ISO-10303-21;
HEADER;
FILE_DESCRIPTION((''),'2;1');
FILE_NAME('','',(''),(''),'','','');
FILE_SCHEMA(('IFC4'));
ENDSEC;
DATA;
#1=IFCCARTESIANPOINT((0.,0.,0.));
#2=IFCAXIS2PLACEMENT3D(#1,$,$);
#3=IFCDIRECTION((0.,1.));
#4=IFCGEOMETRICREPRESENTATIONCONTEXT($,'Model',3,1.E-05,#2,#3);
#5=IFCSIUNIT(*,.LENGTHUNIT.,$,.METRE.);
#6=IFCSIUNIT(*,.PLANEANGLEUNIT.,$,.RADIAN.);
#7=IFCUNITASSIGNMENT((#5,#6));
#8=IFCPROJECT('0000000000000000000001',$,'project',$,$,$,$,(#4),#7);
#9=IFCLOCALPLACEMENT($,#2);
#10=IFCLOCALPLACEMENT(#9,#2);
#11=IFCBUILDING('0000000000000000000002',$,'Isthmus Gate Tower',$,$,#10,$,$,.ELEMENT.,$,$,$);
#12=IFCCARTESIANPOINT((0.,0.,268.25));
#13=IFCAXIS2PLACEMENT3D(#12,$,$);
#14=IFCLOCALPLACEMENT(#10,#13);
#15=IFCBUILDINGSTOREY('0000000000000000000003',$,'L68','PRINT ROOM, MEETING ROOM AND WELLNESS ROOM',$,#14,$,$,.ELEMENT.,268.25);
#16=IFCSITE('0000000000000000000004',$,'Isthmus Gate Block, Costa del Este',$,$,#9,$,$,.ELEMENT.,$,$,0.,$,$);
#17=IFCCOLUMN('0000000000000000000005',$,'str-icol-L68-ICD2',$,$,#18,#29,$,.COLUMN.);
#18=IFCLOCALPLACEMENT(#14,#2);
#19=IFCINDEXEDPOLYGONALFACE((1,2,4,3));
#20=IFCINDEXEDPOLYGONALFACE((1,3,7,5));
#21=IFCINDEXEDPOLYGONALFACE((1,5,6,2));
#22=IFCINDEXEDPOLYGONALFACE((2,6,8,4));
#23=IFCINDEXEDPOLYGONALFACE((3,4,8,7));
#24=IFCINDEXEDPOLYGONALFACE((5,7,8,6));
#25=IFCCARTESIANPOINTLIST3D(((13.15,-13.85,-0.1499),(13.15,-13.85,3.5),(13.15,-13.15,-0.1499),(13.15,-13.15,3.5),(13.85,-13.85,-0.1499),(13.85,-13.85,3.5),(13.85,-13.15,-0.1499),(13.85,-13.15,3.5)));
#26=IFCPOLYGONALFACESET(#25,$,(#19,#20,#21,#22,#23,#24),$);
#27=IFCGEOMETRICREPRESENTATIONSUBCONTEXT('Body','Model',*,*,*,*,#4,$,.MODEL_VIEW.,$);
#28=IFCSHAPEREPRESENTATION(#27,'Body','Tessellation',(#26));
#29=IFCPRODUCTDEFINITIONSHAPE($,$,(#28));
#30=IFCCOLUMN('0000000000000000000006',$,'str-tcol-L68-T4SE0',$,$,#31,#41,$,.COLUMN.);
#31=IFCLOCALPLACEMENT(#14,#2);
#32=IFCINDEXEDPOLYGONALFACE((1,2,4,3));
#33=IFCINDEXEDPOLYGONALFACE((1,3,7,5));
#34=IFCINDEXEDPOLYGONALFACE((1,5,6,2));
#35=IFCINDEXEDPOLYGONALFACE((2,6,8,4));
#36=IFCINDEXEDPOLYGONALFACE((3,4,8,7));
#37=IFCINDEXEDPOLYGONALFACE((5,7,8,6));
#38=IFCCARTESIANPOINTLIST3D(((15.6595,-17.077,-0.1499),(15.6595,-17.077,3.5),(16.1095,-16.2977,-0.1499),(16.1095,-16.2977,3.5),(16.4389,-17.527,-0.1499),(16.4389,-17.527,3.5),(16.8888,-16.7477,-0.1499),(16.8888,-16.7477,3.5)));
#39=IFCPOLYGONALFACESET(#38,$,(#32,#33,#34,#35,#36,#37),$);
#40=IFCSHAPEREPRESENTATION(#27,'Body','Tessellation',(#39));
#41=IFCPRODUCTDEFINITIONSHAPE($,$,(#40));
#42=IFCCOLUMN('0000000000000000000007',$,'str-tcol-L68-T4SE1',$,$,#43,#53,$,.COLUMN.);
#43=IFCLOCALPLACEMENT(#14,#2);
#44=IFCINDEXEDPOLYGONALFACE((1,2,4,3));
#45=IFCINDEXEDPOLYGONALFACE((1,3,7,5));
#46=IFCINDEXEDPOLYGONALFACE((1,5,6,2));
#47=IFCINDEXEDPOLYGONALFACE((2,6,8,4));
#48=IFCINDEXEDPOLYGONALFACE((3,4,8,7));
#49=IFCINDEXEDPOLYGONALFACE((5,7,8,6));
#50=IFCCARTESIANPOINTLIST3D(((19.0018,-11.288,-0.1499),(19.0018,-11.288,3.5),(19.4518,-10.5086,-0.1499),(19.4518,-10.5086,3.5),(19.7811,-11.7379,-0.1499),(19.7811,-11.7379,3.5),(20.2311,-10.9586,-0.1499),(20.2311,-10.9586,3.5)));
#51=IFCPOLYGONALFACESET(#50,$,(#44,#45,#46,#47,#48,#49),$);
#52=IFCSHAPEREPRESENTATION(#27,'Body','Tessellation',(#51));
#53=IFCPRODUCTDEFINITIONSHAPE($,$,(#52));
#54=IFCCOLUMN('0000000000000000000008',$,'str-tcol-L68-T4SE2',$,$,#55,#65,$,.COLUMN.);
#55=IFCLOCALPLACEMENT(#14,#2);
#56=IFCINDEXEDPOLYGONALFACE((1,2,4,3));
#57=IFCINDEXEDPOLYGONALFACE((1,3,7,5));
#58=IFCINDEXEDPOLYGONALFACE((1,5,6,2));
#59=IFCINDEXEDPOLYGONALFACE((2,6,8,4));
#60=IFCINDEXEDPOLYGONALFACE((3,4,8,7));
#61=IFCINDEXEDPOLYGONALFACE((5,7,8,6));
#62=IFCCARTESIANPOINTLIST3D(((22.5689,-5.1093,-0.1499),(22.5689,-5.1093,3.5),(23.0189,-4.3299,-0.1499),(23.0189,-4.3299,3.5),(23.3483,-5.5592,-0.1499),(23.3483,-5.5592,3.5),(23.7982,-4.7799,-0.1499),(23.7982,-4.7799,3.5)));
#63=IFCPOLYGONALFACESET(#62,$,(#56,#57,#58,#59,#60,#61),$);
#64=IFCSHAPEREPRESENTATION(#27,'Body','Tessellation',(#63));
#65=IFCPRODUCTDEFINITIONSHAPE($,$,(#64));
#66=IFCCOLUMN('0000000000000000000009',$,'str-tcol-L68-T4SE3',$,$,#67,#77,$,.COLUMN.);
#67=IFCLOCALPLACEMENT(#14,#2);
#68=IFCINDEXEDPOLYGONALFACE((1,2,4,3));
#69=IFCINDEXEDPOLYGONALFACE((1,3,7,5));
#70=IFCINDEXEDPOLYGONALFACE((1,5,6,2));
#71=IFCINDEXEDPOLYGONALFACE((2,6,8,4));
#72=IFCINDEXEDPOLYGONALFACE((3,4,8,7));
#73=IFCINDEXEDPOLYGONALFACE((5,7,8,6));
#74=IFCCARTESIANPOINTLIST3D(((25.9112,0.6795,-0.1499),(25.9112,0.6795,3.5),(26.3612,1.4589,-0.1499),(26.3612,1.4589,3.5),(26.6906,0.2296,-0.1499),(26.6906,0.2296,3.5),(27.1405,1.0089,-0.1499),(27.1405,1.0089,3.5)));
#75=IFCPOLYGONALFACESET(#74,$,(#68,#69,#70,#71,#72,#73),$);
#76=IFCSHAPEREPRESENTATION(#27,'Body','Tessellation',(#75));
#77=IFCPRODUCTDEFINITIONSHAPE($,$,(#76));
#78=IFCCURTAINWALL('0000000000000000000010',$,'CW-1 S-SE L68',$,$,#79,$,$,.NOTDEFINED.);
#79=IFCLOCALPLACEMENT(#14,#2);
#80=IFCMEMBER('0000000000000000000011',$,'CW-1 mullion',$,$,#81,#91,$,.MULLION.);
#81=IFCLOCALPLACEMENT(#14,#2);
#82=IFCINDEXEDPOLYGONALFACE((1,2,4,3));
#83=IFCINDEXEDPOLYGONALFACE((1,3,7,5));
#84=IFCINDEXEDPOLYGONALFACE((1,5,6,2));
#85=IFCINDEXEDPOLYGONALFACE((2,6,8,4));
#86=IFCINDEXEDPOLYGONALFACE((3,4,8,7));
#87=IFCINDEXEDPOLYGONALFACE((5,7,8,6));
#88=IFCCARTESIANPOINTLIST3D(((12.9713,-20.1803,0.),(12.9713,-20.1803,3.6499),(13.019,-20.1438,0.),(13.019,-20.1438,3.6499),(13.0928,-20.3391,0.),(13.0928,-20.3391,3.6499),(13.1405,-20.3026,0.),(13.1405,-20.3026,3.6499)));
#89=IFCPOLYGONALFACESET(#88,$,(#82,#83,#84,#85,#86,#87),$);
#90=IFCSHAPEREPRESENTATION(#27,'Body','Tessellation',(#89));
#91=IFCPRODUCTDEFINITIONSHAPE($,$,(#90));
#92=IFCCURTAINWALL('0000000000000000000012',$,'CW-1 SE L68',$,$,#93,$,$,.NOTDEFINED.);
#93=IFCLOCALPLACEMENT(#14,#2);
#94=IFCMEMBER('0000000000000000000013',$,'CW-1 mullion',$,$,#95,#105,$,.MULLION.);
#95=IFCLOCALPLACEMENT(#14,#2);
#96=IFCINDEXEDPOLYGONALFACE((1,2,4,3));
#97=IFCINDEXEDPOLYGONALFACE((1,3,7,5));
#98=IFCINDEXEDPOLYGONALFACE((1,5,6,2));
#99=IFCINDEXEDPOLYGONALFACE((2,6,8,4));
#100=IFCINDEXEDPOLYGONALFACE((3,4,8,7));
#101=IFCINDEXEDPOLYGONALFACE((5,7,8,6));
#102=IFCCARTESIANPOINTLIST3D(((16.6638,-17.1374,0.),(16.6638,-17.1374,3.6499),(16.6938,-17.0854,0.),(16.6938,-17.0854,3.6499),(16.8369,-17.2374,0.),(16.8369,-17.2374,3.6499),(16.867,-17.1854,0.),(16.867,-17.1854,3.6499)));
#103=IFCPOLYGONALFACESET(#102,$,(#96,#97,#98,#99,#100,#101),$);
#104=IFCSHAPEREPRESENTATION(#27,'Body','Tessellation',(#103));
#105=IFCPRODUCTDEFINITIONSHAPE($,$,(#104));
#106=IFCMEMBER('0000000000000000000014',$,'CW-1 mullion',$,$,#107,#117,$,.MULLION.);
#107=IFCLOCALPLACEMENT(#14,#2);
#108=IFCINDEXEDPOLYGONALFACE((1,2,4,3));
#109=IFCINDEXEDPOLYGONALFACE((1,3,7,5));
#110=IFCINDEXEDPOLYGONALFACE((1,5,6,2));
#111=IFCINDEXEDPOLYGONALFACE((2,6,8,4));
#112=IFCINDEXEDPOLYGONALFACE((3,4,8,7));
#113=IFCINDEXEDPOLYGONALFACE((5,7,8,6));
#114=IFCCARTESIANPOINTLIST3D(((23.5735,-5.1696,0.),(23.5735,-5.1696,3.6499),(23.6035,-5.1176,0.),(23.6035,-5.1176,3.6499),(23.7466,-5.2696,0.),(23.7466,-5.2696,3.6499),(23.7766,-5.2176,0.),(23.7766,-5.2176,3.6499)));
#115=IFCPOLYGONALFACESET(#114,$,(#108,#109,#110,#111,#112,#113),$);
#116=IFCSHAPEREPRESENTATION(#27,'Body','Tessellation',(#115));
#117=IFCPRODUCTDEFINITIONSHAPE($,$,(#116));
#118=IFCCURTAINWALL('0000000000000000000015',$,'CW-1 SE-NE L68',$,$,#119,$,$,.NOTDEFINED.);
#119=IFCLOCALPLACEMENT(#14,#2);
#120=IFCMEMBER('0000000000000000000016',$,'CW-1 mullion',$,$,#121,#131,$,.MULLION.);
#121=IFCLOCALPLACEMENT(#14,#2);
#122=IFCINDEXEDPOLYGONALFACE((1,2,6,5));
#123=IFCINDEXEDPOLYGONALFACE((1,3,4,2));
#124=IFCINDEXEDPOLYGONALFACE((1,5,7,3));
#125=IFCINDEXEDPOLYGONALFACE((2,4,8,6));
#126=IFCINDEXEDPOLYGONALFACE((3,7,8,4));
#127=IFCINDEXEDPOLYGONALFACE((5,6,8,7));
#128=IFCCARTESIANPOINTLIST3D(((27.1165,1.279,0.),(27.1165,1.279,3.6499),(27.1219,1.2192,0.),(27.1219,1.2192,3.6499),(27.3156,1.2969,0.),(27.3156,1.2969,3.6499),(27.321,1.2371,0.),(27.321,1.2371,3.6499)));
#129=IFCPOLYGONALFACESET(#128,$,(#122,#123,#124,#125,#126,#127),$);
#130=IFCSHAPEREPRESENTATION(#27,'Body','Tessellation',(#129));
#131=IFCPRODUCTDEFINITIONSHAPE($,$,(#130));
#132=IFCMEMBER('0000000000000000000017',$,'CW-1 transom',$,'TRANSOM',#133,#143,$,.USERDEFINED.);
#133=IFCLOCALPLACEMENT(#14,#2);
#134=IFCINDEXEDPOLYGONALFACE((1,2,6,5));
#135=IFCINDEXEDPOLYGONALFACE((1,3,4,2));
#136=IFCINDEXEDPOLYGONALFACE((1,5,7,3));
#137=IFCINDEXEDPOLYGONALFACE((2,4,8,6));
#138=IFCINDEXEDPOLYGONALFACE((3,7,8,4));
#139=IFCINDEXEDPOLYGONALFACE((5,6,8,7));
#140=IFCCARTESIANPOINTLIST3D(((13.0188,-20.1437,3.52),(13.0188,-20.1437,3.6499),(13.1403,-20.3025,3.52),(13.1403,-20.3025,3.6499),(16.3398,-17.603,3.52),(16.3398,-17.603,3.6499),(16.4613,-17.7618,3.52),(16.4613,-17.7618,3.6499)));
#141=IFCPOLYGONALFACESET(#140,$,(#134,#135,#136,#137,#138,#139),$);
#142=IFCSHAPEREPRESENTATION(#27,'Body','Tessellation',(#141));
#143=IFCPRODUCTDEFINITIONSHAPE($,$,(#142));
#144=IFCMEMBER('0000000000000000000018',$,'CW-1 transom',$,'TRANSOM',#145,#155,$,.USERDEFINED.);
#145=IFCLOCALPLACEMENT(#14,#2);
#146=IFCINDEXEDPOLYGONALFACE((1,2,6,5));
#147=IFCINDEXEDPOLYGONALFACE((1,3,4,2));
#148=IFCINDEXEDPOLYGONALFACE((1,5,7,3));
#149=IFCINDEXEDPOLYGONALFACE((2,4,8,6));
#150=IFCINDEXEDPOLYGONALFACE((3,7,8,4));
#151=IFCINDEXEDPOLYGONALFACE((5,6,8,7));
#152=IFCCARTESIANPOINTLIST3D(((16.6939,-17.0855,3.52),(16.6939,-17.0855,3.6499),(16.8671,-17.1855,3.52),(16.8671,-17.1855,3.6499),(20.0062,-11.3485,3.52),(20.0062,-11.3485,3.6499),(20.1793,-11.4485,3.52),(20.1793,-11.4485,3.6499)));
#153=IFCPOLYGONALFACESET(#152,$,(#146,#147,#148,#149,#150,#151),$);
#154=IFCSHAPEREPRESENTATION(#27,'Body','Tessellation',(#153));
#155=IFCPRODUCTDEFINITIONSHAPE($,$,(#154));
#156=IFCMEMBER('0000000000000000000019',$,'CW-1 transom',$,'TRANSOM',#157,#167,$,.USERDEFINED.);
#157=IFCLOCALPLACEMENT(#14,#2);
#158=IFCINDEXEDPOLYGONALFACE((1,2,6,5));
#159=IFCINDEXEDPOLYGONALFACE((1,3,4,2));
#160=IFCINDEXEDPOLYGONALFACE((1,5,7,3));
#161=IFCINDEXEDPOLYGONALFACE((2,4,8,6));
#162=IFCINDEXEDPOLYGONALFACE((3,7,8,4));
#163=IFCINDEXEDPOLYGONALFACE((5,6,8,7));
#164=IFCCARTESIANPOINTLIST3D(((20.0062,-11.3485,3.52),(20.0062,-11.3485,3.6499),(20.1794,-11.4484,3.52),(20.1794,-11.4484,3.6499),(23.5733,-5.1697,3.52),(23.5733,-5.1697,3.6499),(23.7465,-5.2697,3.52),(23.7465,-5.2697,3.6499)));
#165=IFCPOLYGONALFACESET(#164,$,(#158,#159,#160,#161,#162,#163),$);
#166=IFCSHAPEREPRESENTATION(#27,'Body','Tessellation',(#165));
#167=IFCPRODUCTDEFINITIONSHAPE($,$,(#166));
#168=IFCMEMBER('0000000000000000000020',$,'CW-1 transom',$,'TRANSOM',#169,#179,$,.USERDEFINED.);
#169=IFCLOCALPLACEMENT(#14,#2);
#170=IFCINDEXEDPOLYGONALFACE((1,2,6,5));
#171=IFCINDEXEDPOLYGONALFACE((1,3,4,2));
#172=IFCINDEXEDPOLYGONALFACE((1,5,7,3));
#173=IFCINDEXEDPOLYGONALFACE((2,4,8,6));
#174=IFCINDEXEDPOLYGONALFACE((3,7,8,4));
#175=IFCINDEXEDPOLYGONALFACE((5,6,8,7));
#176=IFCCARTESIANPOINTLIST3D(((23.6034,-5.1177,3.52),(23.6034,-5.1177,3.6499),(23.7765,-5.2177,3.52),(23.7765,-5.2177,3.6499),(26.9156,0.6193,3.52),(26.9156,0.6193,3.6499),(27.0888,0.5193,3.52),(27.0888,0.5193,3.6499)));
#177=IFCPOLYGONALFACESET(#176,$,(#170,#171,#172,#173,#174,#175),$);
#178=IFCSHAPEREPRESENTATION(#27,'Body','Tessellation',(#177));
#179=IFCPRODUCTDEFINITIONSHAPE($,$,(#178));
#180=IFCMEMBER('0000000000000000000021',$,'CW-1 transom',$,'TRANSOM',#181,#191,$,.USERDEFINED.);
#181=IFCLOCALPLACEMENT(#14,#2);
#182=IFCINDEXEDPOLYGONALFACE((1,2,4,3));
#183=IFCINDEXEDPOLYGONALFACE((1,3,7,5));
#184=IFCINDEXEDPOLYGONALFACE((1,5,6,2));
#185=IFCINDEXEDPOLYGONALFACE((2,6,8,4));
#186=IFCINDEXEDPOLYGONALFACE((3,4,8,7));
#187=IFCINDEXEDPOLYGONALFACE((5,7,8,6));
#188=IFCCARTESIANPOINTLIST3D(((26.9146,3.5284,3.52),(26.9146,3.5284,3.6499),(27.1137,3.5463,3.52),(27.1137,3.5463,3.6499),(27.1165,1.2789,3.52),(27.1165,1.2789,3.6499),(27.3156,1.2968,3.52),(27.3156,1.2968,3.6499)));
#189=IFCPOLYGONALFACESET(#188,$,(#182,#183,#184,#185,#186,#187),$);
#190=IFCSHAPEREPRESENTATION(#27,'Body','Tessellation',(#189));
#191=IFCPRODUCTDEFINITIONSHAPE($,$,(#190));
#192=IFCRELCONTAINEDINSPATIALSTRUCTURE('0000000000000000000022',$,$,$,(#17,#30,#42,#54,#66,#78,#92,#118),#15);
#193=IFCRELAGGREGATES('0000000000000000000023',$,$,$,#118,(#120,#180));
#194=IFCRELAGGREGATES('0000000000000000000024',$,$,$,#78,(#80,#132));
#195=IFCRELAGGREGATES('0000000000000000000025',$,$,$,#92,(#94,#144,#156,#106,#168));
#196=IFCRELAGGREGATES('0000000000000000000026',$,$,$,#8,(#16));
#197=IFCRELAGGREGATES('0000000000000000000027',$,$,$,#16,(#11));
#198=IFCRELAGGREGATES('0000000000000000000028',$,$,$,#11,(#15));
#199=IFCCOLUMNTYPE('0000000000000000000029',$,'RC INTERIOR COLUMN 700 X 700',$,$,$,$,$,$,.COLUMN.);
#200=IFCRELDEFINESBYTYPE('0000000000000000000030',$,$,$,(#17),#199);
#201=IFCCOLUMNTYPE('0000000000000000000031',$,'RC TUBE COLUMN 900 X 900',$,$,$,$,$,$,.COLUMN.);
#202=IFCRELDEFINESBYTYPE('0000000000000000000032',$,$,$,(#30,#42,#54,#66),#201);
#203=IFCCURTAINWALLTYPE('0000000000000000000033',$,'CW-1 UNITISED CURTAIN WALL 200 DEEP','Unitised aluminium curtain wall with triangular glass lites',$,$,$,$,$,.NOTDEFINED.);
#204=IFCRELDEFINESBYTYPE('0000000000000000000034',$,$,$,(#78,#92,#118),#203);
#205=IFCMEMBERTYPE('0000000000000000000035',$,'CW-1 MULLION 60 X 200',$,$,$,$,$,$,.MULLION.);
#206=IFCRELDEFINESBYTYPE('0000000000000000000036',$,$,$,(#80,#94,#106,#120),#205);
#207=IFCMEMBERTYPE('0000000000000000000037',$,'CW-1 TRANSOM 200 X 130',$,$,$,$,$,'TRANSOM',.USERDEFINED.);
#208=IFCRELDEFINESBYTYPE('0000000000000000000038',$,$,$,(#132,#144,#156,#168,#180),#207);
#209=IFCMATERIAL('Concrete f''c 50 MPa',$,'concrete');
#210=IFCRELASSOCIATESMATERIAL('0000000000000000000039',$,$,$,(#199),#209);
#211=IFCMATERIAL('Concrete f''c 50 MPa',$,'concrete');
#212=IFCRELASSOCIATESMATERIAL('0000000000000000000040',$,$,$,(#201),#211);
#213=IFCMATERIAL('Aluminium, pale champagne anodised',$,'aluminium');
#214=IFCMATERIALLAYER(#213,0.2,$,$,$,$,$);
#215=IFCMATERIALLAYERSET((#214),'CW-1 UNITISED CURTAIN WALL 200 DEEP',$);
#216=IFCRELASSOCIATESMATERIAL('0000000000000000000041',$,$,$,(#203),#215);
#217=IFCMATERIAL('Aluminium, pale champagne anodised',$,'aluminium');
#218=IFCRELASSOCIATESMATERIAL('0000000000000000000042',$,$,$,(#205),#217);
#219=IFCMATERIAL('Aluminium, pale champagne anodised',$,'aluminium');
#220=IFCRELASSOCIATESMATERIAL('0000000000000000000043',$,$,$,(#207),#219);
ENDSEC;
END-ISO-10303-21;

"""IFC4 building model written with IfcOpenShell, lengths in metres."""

from ifc_helpers import new_model, si_unit, direction, frame, origin, origin_2d, place, context, subcontext, project, spatial, rectangle, extrude, material, layer, layer_set, material_profile, profile_set, type_object, element, aggregate, save


model = new_model("IFC4")

# Units and contexts
model_context = context("Model", 3, precision=1e-05, world=origin(), true_north=direction((0.0, 1.0)))
body_context = subcontext(model_context, "Body", "Model", "MODEL_VIEW")
ifc_project = project(units=[si_unit("LENGTHUNIT", "METRE"), si_unit("PLANEANGLEUNIT", "RADIAN")], contexts=[model_context])

# Site, building, storey
site_placement = place(None, origin())
site = spatial("IfcSite", under=ifc_project, at=site_placement, Name="Isthmus Gate Block, Costa del Este", CompositionType="ELEMENT", RefElevation=0.0)
building_placement = place(site_placement, origin())
building = spatial("IfcBuilding", under=site, at=building_placement, Name="Isthmus Gate Tower", CompositionType="ELEMENT")
storey_placement = place(building_placement, frame((0.0, 0.0, 268.25)))
storey = spatial("IfcBuildingStorey", under=building, at=storey_placement, Name="L68", Description="PRINT ROOM, MEETING ROOM AND WELLNESS ROOM", CompositionType="ELEMENT", Elevation=268.25)

# Columns
ifc_material_1 = material(Name="Concrete f'c 50 MPa", Category="concrete")
ifc_material_profile_1 = material_profile(ifc_material_1, rectangle(XDim=0.7, YDim=0.7, at=origin_2d()), Name="RC 700X700")
ifc_profile_set_1 = profile_set([ifc_material_profile_1], Name="Concrete f'c 50 MPa")
column_type_1 = type_object("IfcColumnType", Name="RC INTERIOR COLUMN 700 X 700", PredefinedType="COLUMN", material=ifc_profile_set_1)
column_placement = place(storey_placement, frame((13.5, -13.5, -0.1499), z_axis=(0.0, 0.0, 1.0), x_axis=(1.0, 0.0, 0.0)))
element("IfcColumn", 1, at=column_placement, inside=storey, type_object=column_type_1, Name="str-icol-L68-ICD2", PredefinedType="COLUMN", context=body_context, shape_type="SweptSolid", body=[
    extrude(rectangle(XDim=0.7, YDim=0.7, at=origin_2d()), origin(), (0.0, 0.0, 1.0), 3.6499),
])
ifc_material_2 = material(Name="Concrete f'c 50 MPa", Category="concrete")
ifc_material_profile_2 = material_profile(ifc_material_2, rectangle(XDim=0.8999, YDim=0.8999, at=origin_2d()), Name="RC 900X900")
ifc_profile_set_2 = profile_set([ifc_material_profile_2], Name="Concrete f'c 50 MPa")
column_type_2 = type_object("IfcColumnType", Name="RC TUBE COLUMN 900 X 900", PredefinedType="COLUMN", material=ifc_profile_set_2)
for number, where, z_axis, x_axis, name in (
    (2, (16.2742, -16.9124, -0.1499), (0.0, 0.0, 1.0), (0.5, 0.866025, 0.0), "str-tcol-L68-T4SE0"),
    (3, (19.6165, -11.1233, -0.1499), (0.0, 0.0, 1.0), (0.5, 0.866025, 0.0), "str-tcol-L68-T4SE1"),
    (4, (23.1836, -4.9446, -0.1499), (0.0, 0.0, 1.0), (0.5, 0.866025, 0.0), "str-tcol-L68-T4SE2"),
    (5, (26.5259, 0.8442, -0.1499), (0.0, 0.0, 1.0), (0.5, 0.866025, 0.0), "str-tcol-L68-T4SE3"),
):
    element("IfcColumn", number, at=place(storey_placement, frame(where, z_axis=z_axis, x_axis=x_axis)), inside=storey, type_object=column_type_2, Name=name, PredefinedType="COLUMN", context=body_context, shape_type="SweptSolid", body=[
        extrude(rectangle(XDim=0.8999, YDim=0.8999, at=origin_2d()), origin(), (0.0, 0.0, 1.0), 3.6499),
    ])

# Curtain wall, member
ifc_material_3 = material(Name="Aluminium, pale champagne anodised", Category="aluminium")
ifc_layer_1 = layer(ifc_material_3, 0.2)
ifc_layer_set_1 = layer_set([ifc_layer_1], Name="CW-1 UNITISED CURTAIN WALL 200 DEEP")
curtain_wall_type = type_object("IfcCurtainWallType", Name="CW-1 UNITISED CURTAIN WALL 200 DEEP", Description="Unitised aluminium curtain wall with triangular glass lites", PredefinedType="NOTDEFINED", material=ifc_layer_set_1)
curtain_wall_1_placement = place(storey_placement, origin())
curtain_wall_1 = element("IfcCurtainWall", 6, at=curtain_wall_1_placement, inside=storey, type_object=curtain_wall_type, Name="CW-1 S-SE L68", PredefinedType="NOTDEFINED")
ifc_material_4 = material(Name="Aluminium, pale champagne anodised", Category="aluminium")
ifc_material_profile_3 = material_profile(ifc_material_4, rectangle(XDim=0.0601, YDim=0.2, at=origin_2d()), Name="60x200")
ifc_profile_set_3 = profile_set([ifc_material_profile_3], Name="Aluminium, pale champagne anodised")
member_type_1 = type_object("IfcMemberType", Name="CW-1 MULLION 60 X 200", PredefinedType="MULLION", material=ifc_profile_set_3)
member_1_placement = place(storey_placement, frame((13.0559, -20.2415, 0.0), z_axis=(0.0, 0.0, 1.0), x_axis=(0.794189, 0.607671, 0.0)))
member_1 = element("IfcMember", 7, at=member_1_placement, type_object=member_type_1, Name="CW-1 mullion", PredefinedType="MULLION", context=body_context, shape_type="SweptSolid", body=[
    extrude(rectangle(XDim=0.0601, YDim=0.2, at=origin_2d()), origin(), (0.0, 0.0, 1.0), 3.6499),
])

# Curtain wall, members
curtain_wall_2_placement = place(storey_placement, origin())
curtain_wall_2 = element("IfcCurtainWall", 8, at=curtain_wall_2_placement, inside=storey, type_object=curtain_wall_type, Name="CW-1 SE L68", PredefinedType="NOTDEFINED")
member_2_placement = place(storey_placement, frame((16.7654, -17.1614, 0.0), z_axis=(0.0, 0.0, 1.0), x_axis=(0.5, 0.866025, 0.0)))
member_2 = element("IfcMember", 9, at=member_2_placement, type_object=member_type_1, Name="CW-1 mullion", PredefinedType="MULLION", context=body_context, shape_type="SweptSolid", body=[
    extrude(rectangle(XDim=0.0601, YDim=0.2, at=origin_2d()), origin(), (0.0, 0.0, 1.0), 3.6499),
])
member_3_placement = place(storey_placement, frame((23.675, -5.1936, 0.0), z_axis=(0.0, 0.0, 1.0), x_axis=(0.5, 0.866025, 0.0)))
member_3 = element("IfcMember", 10, at=member_3_placement, type_object=member_type_1, Name="CW-1 mullion", PredefinedType="MULLION", context=body_context, shape_type="SweptSolid", body=[
    extrude(rectangle(XDim=0.0601, YDim=0.2, at=origin_2d()), origin(), (0.0, 0.0, 1.0), 3.6499),
])

# Curtain wall, member
curtain_wall_3_placement = place(storey_placement, origin())
curtain_wall_3 = element("IfcCurtainWall", 11, at=curtain_wall_3_placement, inside=storey, type_object=curtain_wall_type, Name="CW-1 SE-NE L68", PredefinedType="NOTDEFINED")
member_4_placement = place(storey_placement, frame((27.2188, 1.2581, 0.0), z_axis=(0.0, 0.0, 1.0), x_axis=(-0.089397, 0.995996, 0.0)))
member_4 = element("IfcMember", 12, at=member_4_placement, type_object=member_type_1, Name="CW-1 mullion", PredefinedType="MULLION", context=body_context, shape_type="SweptSolid", body=[
    extrude(rectangle(XDim=0.0601, YDim=0.2, at=origin_2d()), origin(), (0.0, 0.0, 1.0), 3.6499),
])

# Members
ifc_material_5 = material(Name="Aluminium, pale champagne anodised", Category="aluminium")
ifc_material_profile_4 = material_profile(ifc_material_5, rectangle(XDim=0.2, YDim=0.1299, at=origin_2d()), Name="200x130")
ifc_profile_set_4 = profile_set([ifc_material_profile_4], Name="Aluminium, pale champagne anodised")
member_type_2 = type_object("IfcMemberType", Name="CW-1 TRANSOM 200 X 130", ElementType="TRANSOM", PredefinedType="USERDEFINED", material=ifc_profile_set_4)
member_5_placement = place(storey_placement, frame((13.0796, -20.2231, 3.585), z_axis=(0.794225, 0.607623, 0.0), x_axis=(-0.607623, 0.794225, 0.0)))
member_5 = element("IfcMember", 13, at=member_5_placement, type_object=member_type_2, Name="CW-1 transom", ObjectType="TRANSOM", PredefinedType="USERDEFINED", context=body_context, shape_type="SweptSolid", body=[
    extrude(rectangle(XDim=0.2, YDim=0.1299, at=origin_2d()), origin(), (0.0, 0.0, 1.0), 4.1814),
])
member_6_placement = place(storey_placement, frame((16.7805, -17.1355, 3.585), z_axis=(0.499996, 0.866028, 0.0), x_axis=(-0.866028, 0.499996, 0.0)))
member_6 = element("IfcMember", 14, at=member_6_placement, type_object=member_type_2, Name="CW-1 transom", ObjectType="TRANSOM", PredefinedType="USERDEFINED", context=body_context, shape_type="SweptSolid", body=[
    extrude(rectangle(XDim=0.2, YDim=0.1299, at=origin_2d()), origin(), (0.0, 0.0, 1.0), 6.6245),
])
member_7_placement = place(storey_placement, frame((20.0928, -11.3984, 3.585), z_axis=(0.499985, 0.866034, 0.0), x_axis=(-0.866034, 0.499985, 0.0)))
member_7 = element("IfcMember", 15, at=member_7_placement, type_object=member_type_2, Name="CW-1 transom", ObjectType="TRANSOM", PredefinedType="USERDEFINED", context=body_context, shape_type="SweptSolid", body=[
    extrude(rectangle(XDim=0.2, YDim=0.1299, at=origin_2d()), origin(), (0.0, 0.0, 1.0), 7.1345),
])
member_8_placement = place(storey_placement, frame((23.6899, -5.1677, 3.585), z_axis=(0.499996, 0.866028, 0.0), x_axis=(-0.866028, 0.499996, 0.0)))
member_8 = element("IfcMember", 16, at=member_8_placement, type_object=member_type_2, Name="CW-1 transom", ObjectType="TRANSOM", PredefinedType="USERDEFINED", context=body_context, shape_type="SweptSolid", body=[
    extrude(rectangle(XDim=0.2, YDim=0.1299, at=origin_2d()), origin(), (0.0, 0.0, 1.0), 6.6245),
])
member_9_placement = place(storey_placement, frame((27.2161, 1.2878, 3.585), z_axis=(-0.089395, 0.995996, 0.0), x_axis=(-0.995996, -0.089395, 0.0)))
member_9 = element("IfcMember", 17, at=member_9_placement, type_object=member_type_2, Name="CW-1 transom", ObjectType="TRANSOM", PredefinedType="USERDEFINED", context=body_context, shape_type="SweptSolid", body=[
    extrude(rectangle(XDim=0.2, YDim=0.1299, at=origin_2d()), origin(), (0.0, 0.0, 1.0), 2.2585),
])
aggregate(curtain_wall_3, [member_4, member_9])

aggregate(curtain_wall_1, [member_1, member_5])
aggregate(curtain_wall_2, [member_2, member_6, member_7, member_3, member_8])

save(model, "model.ifc")
